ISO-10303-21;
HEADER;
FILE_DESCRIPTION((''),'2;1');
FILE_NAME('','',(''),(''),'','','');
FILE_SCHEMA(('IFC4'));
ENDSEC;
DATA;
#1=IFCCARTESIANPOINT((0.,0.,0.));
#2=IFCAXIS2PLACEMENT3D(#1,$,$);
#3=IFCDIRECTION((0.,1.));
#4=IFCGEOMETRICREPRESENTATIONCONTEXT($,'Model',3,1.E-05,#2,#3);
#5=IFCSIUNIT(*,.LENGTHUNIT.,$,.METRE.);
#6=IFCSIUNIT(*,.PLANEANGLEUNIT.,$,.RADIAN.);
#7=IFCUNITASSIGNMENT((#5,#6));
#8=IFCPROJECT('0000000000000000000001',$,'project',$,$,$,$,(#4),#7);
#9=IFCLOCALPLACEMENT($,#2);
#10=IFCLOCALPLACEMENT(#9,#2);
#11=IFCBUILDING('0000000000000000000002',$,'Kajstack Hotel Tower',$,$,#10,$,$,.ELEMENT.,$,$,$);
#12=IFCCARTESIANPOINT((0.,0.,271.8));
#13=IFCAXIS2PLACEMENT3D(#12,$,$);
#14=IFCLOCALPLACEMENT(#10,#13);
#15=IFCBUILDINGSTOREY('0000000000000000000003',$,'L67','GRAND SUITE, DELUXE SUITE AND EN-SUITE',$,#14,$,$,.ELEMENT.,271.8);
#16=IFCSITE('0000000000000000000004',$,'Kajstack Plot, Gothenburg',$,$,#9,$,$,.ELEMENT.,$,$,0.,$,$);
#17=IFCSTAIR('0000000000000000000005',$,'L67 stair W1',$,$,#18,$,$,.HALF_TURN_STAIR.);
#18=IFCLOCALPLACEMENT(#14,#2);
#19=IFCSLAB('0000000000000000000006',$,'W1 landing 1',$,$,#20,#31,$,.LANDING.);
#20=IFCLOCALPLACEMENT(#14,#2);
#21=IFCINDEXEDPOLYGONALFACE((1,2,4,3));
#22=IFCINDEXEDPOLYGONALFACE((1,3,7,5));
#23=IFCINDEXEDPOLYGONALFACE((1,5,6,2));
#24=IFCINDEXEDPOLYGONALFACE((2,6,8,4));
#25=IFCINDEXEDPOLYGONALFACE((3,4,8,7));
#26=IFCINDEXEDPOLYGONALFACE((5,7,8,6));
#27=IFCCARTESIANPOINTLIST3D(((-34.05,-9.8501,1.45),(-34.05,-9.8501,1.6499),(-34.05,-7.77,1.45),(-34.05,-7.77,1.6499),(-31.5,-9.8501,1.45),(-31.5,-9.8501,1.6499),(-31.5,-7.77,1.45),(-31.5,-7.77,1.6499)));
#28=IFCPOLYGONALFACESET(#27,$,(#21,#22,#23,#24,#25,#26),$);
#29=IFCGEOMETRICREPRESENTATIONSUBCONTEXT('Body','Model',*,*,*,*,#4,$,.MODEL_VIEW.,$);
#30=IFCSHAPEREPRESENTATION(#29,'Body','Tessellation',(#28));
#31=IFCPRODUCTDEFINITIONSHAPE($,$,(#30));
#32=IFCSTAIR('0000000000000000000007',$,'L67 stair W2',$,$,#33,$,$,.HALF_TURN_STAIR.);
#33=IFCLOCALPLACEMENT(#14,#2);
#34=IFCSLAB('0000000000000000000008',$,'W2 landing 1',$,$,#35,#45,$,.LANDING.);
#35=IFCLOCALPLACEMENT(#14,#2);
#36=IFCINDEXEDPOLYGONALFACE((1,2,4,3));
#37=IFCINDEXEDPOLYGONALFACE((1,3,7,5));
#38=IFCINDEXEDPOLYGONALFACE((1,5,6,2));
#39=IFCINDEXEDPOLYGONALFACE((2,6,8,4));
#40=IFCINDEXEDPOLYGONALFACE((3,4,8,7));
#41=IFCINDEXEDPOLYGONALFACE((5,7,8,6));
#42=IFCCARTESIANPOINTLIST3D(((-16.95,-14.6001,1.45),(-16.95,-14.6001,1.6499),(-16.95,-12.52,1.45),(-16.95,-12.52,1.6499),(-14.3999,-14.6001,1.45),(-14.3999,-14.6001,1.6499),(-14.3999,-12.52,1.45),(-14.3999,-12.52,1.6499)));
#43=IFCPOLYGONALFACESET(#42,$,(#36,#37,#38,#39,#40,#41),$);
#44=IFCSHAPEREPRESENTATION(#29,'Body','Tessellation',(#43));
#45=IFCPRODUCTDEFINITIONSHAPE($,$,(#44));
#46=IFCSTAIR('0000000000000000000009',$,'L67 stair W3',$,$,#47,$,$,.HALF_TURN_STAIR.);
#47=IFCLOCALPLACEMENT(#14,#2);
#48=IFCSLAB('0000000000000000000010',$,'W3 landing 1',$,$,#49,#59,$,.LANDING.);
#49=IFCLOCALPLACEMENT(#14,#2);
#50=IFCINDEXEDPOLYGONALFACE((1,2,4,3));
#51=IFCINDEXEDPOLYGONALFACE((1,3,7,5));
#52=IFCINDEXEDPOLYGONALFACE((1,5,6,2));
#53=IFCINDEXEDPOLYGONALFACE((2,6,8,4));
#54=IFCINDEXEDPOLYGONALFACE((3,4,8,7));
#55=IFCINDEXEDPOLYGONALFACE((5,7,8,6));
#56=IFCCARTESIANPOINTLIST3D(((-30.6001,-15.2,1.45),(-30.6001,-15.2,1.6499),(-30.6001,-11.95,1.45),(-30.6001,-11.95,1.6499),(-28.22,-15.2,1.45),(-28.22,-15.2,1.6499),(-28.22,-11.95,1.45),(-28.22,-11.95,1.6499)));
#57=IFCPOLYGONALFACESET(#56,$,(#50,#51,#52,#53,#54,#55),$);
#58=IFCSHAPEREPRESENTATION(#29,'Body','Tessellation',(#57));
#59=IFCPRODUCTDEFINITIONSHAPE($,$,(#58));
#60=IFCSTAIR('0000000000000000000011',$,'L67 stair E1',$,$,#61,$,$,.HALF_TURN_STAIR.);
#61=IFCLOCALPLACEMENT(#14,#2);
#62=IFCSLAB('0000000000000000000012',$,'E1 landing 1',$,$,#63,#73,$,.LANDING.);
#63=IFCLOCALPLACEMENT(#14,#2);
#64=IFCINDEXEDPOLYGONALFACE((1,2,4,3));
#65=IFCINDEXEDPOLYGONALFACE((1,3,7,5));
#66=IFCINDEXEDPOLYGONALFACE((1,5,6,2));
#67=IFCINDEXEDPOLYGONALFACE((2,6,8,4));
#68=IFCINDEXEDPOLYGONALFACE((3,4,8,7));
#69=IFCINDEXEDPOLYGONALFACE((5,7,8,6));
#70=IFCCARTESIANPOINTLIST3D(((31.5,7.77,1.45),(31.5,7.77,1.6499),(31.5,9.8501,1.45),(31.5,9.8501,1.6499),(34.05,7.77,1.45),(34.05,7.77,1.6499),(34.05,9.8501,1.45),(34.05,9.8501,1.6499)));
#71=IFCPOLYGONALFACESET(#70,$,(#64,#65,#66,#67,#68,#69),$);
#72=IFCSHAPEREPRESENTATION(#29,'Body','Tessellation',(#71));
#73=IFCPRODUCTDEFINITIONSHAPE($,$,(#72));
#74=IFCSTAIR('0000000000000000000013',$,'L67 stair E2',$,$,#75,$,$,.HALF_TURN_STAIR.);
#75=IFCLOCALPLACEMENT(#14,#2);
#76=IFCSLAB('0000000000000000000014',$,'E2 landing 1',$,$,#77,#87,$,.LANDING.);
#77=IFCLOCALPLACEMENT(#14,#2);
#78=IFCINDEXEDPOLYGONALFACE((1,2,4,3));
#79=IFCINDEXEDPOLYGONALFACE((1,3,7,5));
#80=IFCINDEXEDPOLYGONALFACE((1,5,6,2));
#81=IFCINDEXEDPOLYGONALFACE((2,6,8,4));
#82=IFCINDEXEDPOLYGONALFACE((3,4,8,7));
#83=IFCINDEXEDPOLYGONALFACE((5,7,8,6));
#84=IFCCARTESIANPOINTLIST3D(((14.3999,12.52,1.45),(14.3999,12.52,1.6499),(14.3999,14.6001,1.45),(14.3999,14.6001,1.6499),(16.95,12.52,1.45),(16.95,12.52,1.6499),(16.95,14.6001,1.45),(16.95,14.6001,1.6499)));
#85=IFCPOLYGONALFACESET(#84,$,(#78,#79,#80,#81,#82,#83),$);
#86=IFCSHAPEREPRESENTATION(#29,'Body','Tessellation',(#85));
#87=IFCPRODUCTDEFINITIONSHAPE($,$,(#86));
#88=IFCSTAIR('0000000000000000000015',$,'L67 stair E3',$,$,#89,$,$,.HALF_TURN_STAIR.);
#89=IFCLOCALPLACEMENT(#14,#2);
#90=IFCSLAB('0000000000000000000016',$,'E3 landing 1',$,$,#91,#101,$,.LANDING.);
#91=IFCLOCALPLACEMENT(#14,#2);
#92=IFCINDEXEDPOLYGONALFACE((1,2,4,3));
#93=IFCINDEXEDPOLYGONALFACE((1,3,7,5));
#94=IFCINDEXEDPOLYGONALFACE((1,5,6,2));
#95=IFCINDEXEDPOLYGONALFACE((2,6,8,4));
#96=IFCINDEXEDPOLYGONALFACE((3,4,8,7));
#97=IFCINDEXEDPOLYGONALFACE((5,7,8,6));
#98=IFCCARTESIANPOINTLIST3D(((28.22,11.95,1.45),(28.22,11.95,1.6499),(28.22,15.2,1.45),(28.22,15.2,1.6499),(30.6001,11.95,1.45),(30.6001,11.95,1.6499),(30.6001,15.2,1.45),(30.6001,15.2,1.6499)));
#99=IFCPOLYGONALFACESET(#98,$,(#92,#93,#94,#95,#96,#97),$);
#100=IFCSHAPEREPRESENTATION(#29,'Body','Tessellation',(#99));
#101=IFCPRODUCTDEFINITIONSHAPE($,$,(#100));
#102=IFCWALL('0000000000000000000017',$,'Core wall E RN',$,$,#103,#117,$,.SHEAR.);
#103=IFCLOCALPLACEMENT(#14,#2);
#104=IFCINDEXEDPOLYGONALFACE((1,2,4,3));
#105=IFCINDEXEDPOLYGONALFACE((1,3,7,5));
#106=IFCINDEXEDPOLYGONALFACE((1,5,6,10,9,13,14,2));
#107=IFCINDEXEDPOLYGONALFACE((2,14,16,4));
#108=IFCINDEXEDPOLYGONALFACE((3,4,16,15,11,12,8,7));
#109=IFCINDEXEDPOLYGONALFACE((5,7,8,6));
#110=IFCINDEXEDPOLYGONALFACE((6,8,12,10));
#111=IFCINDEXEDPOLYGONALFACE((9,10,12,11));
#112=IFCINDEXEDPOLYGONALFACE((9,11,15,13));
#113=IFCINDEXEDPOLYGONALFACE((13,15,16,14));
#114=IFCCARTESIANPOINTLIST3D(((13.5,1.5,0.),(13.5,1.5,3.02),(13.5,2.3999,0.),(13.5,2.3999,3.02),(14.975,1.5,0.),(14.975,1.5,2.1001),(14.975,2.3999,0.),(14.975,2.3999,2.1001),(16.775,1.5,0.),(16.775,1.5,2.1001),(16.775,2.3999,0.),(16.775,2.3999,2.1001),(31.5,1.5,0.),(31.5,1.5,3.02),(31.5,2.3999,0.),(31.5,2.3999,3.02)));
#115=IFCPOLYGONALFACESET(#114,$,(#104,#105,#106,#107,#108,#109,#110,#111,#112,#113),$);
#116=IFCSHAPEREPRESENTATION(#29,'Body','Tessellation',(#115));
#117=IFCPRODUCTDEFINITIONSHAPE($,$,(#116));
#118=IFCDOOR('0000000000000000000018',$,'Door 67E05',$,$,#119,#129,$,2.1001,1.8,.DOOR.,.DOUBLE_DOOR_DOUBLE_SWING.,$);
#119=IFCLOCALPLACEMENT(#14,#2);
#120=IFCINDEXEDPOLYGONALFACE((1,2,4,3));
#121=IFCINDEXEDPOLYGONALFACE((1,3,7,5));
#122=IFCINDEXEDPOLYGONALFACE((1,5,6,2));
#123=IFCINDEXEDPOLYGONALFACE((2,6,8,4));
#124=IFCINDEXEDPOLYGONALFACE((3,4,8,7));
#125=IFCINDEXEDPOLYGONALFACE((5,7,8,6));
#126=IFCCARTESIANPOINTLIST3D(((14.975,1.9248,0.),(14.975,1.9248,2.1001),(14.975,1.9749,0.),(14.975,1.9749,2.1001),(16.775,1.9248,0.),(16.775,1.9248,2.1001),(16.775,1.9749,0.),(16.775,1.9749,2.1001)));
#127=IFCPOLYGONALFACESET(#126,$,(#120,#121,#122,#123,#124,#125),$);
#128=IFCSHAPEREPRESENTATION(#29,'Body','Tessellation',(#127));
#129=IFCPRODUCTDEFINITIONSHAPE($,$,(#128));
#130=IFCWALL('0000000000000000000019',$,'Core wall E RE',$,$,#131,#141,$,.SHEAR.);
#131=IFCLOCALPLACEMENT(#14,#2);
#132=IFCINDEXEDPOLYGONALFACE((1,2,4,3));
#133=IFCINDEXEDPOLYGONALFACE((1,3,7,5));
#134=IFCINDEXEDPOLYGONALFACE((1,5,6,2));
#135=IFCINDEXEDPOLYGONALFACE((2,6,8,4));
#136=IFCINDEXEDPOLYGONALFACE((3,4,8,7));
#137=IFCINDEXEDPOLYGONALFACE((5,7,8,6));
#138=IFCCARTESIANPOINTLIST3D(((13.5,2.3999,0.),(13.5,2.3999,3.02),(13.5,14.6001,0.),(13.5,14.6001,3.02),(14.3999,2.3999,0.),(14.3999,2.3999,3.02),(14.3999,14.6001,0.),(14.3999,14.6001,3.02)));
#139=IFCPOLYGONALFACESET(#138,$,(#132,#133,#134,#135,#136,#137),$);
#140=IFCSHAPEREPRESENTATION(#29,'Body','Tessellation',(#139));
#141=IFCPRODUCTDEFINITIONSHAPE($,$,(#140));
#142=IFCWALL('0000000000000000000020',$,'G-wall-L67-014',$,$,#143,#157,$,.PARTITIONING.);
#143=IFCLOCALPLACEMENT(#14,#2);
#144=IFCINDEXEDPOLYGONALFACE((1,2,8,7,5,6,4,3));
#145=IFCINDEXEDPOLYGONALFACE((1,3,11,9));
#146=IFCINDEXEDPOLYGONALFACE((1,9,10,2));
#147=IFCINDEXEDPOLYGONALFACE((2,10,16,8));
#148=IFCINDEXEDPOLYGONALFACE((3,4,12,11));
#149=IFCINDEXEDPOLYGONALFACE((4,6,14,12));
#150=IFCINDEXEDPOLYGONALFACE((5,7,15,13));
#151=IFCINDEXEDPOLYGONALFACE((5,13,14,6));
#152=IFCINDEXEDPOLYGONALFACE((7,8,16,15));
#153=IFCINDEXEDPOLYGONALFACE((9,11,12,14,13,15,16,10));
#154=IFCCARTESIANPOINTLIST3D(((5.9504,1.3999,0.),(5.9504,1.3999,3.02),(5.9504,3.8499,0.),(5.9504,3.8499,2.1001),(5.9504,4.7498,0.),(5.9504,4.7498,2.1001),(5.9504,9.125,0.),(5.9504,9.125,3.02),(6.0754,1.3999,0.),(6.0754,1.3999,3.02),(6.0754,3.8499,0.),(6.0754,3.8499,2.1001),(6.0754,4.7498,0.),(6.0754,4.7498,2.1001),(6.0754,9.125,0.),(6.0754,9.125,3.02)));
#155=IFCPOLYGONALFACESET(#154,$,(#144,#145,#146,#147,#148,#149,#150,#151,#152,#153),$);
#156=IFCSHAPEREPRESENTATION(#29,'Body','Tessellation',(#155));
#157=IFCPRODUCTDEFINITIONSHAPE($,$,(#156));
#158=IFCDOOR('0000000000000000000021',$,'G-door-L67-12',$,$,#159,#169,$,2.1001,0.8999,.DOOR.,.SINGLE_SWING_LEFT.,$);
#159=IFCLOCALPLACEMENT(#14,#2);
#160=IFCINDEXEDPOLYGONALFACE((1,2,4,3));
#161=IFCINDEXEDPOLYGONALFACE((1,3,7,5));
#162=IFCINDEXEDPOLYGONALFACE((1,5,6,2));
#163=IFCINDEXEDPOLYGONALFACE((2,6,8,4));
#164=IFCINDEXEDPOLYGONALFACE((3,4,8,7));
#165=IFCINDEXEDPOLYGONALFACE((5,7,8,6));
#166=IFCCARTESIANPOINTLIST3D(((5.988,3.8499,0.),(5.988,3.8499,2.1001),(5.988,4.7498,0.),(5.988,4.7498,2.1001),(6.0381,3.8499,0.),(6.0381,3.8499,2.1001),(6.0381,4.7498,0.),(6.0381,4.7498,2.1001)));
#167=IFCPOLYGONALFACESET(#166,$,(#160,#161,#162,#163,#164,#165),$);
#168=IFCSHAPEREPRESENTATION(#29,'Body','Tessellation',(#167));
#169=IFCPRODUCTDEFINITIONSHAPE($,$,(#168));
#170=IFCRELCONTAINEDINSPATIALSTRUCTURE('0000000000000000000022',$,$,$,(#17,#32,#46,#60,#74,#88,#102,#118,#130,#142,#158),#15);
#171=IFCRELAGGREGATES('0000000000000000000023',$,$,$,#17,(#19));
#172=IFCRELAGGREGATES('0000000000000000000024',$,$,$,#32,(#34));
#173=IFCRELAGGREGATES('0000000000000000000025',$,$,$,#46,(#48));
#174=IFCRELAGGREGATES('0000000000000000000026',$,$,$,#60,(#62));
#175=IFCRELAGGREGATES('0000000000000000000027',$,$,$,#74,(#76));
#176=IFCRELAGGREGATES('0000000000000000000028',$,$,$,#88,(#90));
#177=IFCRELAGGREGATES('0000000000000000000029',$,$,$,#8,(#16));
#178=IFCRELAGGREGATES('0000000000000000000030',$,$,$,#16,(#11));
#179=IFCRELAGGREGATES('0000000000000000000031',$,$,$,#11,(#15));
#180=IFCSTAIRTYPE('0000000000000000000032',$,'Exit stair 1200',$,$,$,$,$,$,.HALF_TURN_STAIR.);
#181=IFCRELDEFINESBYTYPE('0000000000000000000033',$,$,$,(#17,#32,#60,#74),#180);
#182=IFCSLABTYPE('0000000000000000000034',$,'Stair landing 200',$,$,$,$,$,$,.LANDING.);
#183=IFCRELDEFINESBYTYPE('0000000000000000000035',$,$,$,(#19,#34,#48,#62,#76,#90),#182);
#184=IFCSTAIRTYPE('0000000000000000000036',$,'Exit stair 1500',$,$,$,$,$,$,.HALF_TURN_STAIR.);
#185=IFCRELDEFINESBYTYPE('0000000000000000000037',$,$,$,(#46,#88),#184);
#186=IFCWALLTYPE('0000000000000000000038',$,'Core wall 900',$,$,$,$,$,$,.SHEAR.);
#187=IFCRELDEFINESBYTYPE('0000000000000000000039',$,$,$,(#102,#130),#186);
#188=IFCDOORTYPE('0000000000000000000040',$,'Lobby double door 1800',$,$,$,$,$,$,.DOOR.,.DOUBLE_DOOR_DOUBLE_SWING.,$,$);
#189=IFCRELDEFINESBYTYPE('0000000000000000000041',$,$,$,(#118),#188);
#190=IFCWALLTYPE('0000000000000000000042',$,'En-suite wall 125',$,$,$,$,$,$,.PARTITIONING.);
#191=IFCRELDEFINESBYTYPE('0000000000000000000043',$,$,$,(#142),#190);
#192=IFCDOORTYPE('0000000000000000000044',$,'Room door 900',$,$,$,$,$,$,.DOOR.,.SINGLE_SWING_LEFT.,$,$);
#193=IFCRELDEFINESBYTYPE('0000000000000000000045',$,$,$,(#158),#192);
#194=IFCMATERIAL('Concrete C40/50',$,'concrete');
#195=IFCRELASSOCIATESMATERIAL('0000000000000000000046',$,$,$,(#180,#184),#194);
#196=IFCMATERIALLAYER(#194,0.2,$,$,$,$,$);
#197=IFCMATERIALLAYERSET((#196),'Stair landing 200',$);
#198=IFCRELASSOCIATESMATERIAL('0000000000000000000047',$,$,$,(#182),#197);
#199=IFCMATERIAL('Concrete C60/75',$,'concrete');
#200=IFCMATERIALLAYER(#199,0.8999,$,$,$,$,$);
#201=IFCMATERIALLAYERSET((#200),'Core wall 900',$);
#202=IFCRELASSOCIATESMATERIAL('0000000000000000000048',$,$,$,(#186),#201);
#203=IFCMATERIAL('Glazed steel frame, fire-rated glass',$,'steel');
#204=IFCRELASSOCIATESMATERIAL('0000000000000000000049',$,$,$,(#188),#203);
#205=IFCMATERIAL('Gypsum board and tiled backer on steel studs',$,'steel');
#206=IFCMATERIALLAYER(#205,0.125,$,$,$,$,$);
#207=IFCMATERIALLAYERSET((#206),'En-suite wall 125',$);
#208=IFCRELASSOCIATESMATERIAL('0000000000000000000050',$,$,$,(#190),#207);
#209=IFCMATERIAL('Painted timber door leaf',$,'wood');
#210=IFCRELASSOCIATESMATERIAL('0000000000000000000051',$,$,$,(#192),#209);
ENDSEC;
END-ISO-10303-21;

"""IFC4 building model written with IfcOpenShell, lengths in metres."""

from ifc_helpers import new_model, si_unit, direction, frame, frame_2d, origin, place, context, subcontext, project, spatial, polyline, rectangle, outline, extrude, material, layer, layer_set, type_object, element, fill, aggregate, save


model = new_model("IFC4")

# Units and contexts
model_context = context("Model", 3, precision=1e-05, world=origin(), true_north=direction((0.0, 1.0)))
body_context = subcontext(model_context, "Body", "Model", "MODEL_VIEW")
ifc_project = project(units=[si_unit("LENGTHUNIT", "METRE"), si_unit("PLANEANGLEUNIT", "RADIAN")], contexts=[model_context])

# Site, building, storey
site_placement = place(None, origin())
site = spatial("IfcSite", under=ifc_project, at=site_placement, Name="Kajstack Plot, Gothenburg", CompositionType="ELEMENT", RefElevation=0.0)
building_placement = place(site_placement, origin())
building = spatial("IfcBuilding", under=site, at=building_placement, Name="Kajstack Hotel Tower", CompositionType="ELEMENT")
storey_placement = place(building_placement, frame((0.0, 0.0, 271.8)))
storey = spatial("IfcBuildingStorey", under=building, at=storey_placement, Name="L67", Description="GRAND SUITE, DELUXE SUITE AND EN-SUITE", CompositionType="ELEMENT", Elevation=271.8)

# Stairs, slabs
ifc_material_1 = material(Name="Concrete C40/50", Category="concrete")
stair_type_1 = type_object("IfcStairType", Name="Exit stair 1200", PredefinedType="HALF_TURN_STAIR", material=ifc_material_1)
stair_1_placement = place(storey_placement, origin())
stair_1 = element("IfcStair", 1, at=stair_1_placement, inside=storey, type_object=stair_type_1, Name="L67 stair W1", PredefinedType="HALF_TURN_STAIR")
ifc_layer_1 = layer(ifc_material_1, 0.2)
ifc_layer_set_1 = layer_set([ifc_layer_1], Name="Stair landing 200")
slab_type = type_object("IfcSlabType", Name="Stair landing 200", PredefinedType="LANDING", material=ifc_layer_set_1)
slab_1_placement = place(storey_placement, frame((0.0, 0.0, 1.45)))
slab_1 = element("IfcSlab", 2, at=slab_1_placement, type_object=slab_type, Name="W1 landing 1", PredefinedType="LANDING", context=body_context, shape_type="SweptSolid", body=[
    extrude(outline(polyline([(-34.05, -7.77), (-34.05, -9.8501), (-31.5, -9.8501), (-31.5, -7.77), (-34.05, -7.77)])), origin(), (0.0, 0.0, 1.0), 0.2),
])
aggregate(stair_1, [slab_1])
stair_2_placement = place(storey_placement, origin())
stair_2 = element("IfcStair", 3, at=stair_2_placement, inside=storey, type_object=stair_type_1, Name="L67 stair W2", PredefinedType="HALF_TURN_STAIR")
slab_2_placement = place(storey_placement, frame((0.0, 0.0, 1.45)))
slab_2 = element("IfcSlab", 4, at=slab_2_placement, type_object=slab_type, Name="W2 landing 1", PredefinedType="LANDING", context=body_context, shape_type="SweptSolid", body=[
    extrude(outline(polyline([(-16.95, -12.52), (-16.95, -14.6001), (-14.3999, -14.6001), (-14.3999, -12.52), (-16.95, -12.52)])), origin(), (0.0, 0.0, 1.0), 0.2),
])
aggregate(stair_2, [slab_2])
stair_type_2 = type_object("IfcStairType", Name="Exit stair 1500", PredefinedType="HALF_TURN_STAIR", material=ifc_material_1)
stair_3_placement = place(storey_placement, origin())
stair_3 = element("IfcStair", 5, at=stair_3_placement, inside=storey, type_object=stair_type_2, Name="L67 stair W3", PredefinedType="HALF_TURN_STAIR")
slab_3_placement = place(storey_placement, frame((0.0, 0.0, 1.45)))
slab_3 = element("IfcSlab", 6, at=slab_3_placement, type_object=slab_type, Name="W3 landing 1", PredefinedType="LANDING", context=body_context, shape_type="SweptSolid", body=[
    extrude(outline(polyline([(-28.22, -11.95), (-30.6001, -11.95), (-30.6001, -15.2), (-28.22, -15.2), (-28.22, -11.95)])), origin(), (0.0, 0.0, 1.0), 0.2),
])
aggregate(stair_3, [slab_3])
stair_4_placement = place(storey_placement, origin())
stair_4 = element("IfcStair", 7, at=stair_4_placement, inside=storey, type_object=stair_type_1, Name="L67 stair E1", PredefinedType="HALF_TURN_STAIR")
slab_4_placement = place(storey_placement, frame((0.0, 0.0, 1.45)))
slab_4 = element("IfcSlab", 8, at=slab_4_placement, type_object=slab_type, Name="E1 landing 1", PredefinedType="LANDING", context=body_context, shape_type="SweptSolid", body=[
    extrude(outline(polyline([(34.05, 7.77), (34.05, 9.8501), (31.5, 9.8501), (31.5, 7.77), (34.05, 7.77)])), origin(), (0.0, 0.0, 1.0), 0.2),
])
aggregate(stair_4, [slab_4])
stair_5_placement = place(storey_placement, origin())
stair_5 = element("IfcStair", 9, at=stair_5_placement, inside=storey, type_object=stair_type_1, Name="L67 stair E2", PredefinedType="HALF_TURN_STAIR")
slab_5_placement = place(storey_placement, frame((0.0, 0.0, 1.45)))
slab_5 = element("IfcSlab", 10, at=slab_5_placement, type_object=slab_type, Name="E2 landing 1", PredefinedType="LANDING", context=body_context, shape_type="SweptSolid", body=[
    extrude(outline(polyline([(16.95, 12.52), (16.95, 14.6001), (14.3999, 14.6001), (14.3999, 12.52), (16.95, 12.52)])), origin(), (0.0, 0.0, 1.0), 0.2),
])
aggregate(stair_5, [slab_5])
stair_6_placement = place(storey_placement, origin())
stair_6 = element("IfcStair", 11, at=stair_6_placement, inside=storey, type_object=stair_type_2, Name="L67 stair E3", PredefinedType="HALF_TURN_STAIR")
slab_6_placement = place(storey_placement, frame((0.0, 0.0, 1.45)))
slab_6 = element("IfcSlab", 12, at=slab_6_placement, type_object=slab_type, Name="E3 landing 1", PredefinedType="LANDING", context=body_context, shape_type="SweptSolid", body=[
    extrude(outline(polyline([(28.22, 11.95), (30.6001, 11.95), (30.6001, 15.2), (28.22, 15.2), (28.22, 11.95)])), origin(), (0.0, 0.0, 1.0), 0.2),
])
aggregate(stair_6, [slab_6])

# Wall, opening, door
ifc_material_2 = material(Name="Concrete C60/75", Category="concrete")
ifc_layer_2 = layer(ifc_material_2, 0.8999)
ifc_layer_set_2 = layer_set([ifc_layer_2], Name="Core wall 900")
wall_type_1 = type_object("IfcWallType", Name="Core wall 900", PredefinedType="SHEAR", material=ifc_layer_set_2)
wall_1_placement = place(storey_placement, frame((13.5, 1.95, 0.0), z_axis=(0.0, 0.0, 1.0), x_axis=(1.0, 0.0, 0.0)))
wall_1 = element("IfcWall", 13, at=wall_1_placement, inside=storey, type_object=wall_type_1, Name="Core wall E RN", PredefinedType="SHEAR", context=body_context, shape_type="SweptSolid", body=[
    extrude(rectangle(XDim=18.0, YDim=0.8999, at=frame_2d((9.0, 0.0))), origin(), (0.0, 0.0, 1.0), 3.02),
])
opening_1_placement = place(wall_1_placement, frame((1.4751, 0.0, 0.0)))
opening_1 = element("IfcOpeningElement", 14, at=opening_1_placement, cuts=wall_1, PredefinedType="OPENING", context=body_context, shape_type="SweptSolid", body=[
    extrude(rectangle(XDim=1.8, YDim=2.1001, at=frame_2d((0.8999, 1.05))), frame((0.0, 0.46, 0.0), z_axis=(0.0, -1.0, 0.0), x_axis=(1.0, 0.0, 0.0)), (0.0, 0.0, 1.0), 0.9199),
])
ifc_material_3 = material(Name="Glazed steel frame, fire-rated glass", Category="steel")
door_type_1 = type_object("IfcDoorType", Name="Lobby double door 1800", OperationType="DOUBLE_DOOR_DOUBLE_SWING", PredefinedType="DOOR", material=ifc_material_3)
door_1_placement = place(opening_1_placement, origin())
door_1 = element("IfcDoor", 15, at=door_1_placement, inside=storey, type_object=door_type_1, Name="Door 67E05", OperationType="DOUBLE_DOOR_DOUBLE_SWING", OverallHeight=2.1001, OverallWidth=1.8, PredefinedType="DOOR", context=body_context, shape_type="SweptSolid", body=[
    extrude(rectangle(XDim=1.8, YDim=2.1001, at=frame_2d((0.8999, 1.05))), frame((0.0, 0.0249, 0.0), z_axis=(0.0, -1.0, 0.0), x_axis=(1.0, 0.0, 0.0)), (0.0, 0.0, 1.0), 0.05),
])
fill(opening_1, door_1)

# Wall
wall_2_placement = place(storey_placement, frame((13.95, 2.3999, 0.0), z_axis=(0.0, 0.0, 1.0), x_axis=(0.0, 1.0, 0.0)))
element("IfcWall", 16, at=wall_2_placement, inside=storey, type_object=wall_type_1, Name="Core wall E RE", PredefinedType="SHEAR", context=body_context, shape_type="SweptSolid", body=[
    extrude(rectangle(XDim=12.2002, YDim=0.8999, at=frame_2d((6.1001, 0.0))), origin(), (0.0, 0.0, 1.0), 3.02),
])

# Wall, opening, door
ifc_material_4 = material(Name="Gypsum board and tiled backer on steel studs", Category="steel")
ifc_layer_3 = layer(ifc_material_4, 0.125)
ifc_layer_set_3 = layer_set([ifc_layer_3], Name="En-suite wall 125")
wall_type_2 = type_object("IfcWallType", Name="En-suite wall 125", PredefinedType="PARTITIONING", material=ifc_layer_set_3)
wall_3_placement = place(storey_placement, frame((6.0129, 1.3999, 0.0), z_axis=(0.0, 0.0, 1.0), x_axis=(0.0, 1.0, 0.0)))
wall_3 = element("IfcWall", 17, at=wall_3_placement, inside=storey, type_object=wall_type_2, Name="G-wall-L67-014", PredefinedType="PARTITIONING", context=body_context, shape_type="SweptSolid", body=[
    extrude(rectangle(XDim=7.7251, YDim=0.125, at=frame_2d((3.8625, 0.0))), origin(), (0.0, 0.0, 1.0), 3.02),
])
opening_2_placement = place(wall_3_placement, frame((2.45, 0.0, 0.0)))
opening_2 = element("IfcOpeningElement", 18, at=opening_2_placement, cuts=wall_3, PredefinedType="OPENING", context=body_context, shape_type="SweptSolid", body=[
    extrude(rectangle(XDim=0.8999, YDim=2.1001, at=frame_2d((0.45, 1.05))), frame((0.0, 0.0725, 0.0), z_axis=(0.0, -1.0, 0.0), x_axis=(1.0, 0.0, 0.0)), (0.0, 0.0, 1.0), 0.145),
])
ifc_material_5 = material(Name="Painted timber door leaf", Category="wood")
door_type_2 = type_object("IfcDoorType", Name="Room door 900", OperationType="SINGLE_SWING_LEFT", PredefinedType="DOOR", material=ifc_material_5)
door_2_placement = place(opening_2_placement, origin())
door_2 = element("IfcDoor", 19, at=door_2_placement, inside=storey, type_object=door_type_2, Name="G-door-L67-12", OperationType="SINGLE_SWING_LEFT", OverallHeight=2.1001, OverallWidth=0.8999, PredefinedType="DOOR", context=body_context, shape_type="SweptSolid", body=[
    extrude(rectangle(XDim=0.8999, YDim=2.1001, at=frame_2d((0.45, 1.05))), frame((0.0, 0.0249, 0.0), z_axis=(0.0, -1.0, 0.0), x_axis=(1.0, 0.0, 0.0)), (0.0, 0.0, 1.0), 0.05),
])
fill(opening_2, door_2)

save(model, "model.ifc")
